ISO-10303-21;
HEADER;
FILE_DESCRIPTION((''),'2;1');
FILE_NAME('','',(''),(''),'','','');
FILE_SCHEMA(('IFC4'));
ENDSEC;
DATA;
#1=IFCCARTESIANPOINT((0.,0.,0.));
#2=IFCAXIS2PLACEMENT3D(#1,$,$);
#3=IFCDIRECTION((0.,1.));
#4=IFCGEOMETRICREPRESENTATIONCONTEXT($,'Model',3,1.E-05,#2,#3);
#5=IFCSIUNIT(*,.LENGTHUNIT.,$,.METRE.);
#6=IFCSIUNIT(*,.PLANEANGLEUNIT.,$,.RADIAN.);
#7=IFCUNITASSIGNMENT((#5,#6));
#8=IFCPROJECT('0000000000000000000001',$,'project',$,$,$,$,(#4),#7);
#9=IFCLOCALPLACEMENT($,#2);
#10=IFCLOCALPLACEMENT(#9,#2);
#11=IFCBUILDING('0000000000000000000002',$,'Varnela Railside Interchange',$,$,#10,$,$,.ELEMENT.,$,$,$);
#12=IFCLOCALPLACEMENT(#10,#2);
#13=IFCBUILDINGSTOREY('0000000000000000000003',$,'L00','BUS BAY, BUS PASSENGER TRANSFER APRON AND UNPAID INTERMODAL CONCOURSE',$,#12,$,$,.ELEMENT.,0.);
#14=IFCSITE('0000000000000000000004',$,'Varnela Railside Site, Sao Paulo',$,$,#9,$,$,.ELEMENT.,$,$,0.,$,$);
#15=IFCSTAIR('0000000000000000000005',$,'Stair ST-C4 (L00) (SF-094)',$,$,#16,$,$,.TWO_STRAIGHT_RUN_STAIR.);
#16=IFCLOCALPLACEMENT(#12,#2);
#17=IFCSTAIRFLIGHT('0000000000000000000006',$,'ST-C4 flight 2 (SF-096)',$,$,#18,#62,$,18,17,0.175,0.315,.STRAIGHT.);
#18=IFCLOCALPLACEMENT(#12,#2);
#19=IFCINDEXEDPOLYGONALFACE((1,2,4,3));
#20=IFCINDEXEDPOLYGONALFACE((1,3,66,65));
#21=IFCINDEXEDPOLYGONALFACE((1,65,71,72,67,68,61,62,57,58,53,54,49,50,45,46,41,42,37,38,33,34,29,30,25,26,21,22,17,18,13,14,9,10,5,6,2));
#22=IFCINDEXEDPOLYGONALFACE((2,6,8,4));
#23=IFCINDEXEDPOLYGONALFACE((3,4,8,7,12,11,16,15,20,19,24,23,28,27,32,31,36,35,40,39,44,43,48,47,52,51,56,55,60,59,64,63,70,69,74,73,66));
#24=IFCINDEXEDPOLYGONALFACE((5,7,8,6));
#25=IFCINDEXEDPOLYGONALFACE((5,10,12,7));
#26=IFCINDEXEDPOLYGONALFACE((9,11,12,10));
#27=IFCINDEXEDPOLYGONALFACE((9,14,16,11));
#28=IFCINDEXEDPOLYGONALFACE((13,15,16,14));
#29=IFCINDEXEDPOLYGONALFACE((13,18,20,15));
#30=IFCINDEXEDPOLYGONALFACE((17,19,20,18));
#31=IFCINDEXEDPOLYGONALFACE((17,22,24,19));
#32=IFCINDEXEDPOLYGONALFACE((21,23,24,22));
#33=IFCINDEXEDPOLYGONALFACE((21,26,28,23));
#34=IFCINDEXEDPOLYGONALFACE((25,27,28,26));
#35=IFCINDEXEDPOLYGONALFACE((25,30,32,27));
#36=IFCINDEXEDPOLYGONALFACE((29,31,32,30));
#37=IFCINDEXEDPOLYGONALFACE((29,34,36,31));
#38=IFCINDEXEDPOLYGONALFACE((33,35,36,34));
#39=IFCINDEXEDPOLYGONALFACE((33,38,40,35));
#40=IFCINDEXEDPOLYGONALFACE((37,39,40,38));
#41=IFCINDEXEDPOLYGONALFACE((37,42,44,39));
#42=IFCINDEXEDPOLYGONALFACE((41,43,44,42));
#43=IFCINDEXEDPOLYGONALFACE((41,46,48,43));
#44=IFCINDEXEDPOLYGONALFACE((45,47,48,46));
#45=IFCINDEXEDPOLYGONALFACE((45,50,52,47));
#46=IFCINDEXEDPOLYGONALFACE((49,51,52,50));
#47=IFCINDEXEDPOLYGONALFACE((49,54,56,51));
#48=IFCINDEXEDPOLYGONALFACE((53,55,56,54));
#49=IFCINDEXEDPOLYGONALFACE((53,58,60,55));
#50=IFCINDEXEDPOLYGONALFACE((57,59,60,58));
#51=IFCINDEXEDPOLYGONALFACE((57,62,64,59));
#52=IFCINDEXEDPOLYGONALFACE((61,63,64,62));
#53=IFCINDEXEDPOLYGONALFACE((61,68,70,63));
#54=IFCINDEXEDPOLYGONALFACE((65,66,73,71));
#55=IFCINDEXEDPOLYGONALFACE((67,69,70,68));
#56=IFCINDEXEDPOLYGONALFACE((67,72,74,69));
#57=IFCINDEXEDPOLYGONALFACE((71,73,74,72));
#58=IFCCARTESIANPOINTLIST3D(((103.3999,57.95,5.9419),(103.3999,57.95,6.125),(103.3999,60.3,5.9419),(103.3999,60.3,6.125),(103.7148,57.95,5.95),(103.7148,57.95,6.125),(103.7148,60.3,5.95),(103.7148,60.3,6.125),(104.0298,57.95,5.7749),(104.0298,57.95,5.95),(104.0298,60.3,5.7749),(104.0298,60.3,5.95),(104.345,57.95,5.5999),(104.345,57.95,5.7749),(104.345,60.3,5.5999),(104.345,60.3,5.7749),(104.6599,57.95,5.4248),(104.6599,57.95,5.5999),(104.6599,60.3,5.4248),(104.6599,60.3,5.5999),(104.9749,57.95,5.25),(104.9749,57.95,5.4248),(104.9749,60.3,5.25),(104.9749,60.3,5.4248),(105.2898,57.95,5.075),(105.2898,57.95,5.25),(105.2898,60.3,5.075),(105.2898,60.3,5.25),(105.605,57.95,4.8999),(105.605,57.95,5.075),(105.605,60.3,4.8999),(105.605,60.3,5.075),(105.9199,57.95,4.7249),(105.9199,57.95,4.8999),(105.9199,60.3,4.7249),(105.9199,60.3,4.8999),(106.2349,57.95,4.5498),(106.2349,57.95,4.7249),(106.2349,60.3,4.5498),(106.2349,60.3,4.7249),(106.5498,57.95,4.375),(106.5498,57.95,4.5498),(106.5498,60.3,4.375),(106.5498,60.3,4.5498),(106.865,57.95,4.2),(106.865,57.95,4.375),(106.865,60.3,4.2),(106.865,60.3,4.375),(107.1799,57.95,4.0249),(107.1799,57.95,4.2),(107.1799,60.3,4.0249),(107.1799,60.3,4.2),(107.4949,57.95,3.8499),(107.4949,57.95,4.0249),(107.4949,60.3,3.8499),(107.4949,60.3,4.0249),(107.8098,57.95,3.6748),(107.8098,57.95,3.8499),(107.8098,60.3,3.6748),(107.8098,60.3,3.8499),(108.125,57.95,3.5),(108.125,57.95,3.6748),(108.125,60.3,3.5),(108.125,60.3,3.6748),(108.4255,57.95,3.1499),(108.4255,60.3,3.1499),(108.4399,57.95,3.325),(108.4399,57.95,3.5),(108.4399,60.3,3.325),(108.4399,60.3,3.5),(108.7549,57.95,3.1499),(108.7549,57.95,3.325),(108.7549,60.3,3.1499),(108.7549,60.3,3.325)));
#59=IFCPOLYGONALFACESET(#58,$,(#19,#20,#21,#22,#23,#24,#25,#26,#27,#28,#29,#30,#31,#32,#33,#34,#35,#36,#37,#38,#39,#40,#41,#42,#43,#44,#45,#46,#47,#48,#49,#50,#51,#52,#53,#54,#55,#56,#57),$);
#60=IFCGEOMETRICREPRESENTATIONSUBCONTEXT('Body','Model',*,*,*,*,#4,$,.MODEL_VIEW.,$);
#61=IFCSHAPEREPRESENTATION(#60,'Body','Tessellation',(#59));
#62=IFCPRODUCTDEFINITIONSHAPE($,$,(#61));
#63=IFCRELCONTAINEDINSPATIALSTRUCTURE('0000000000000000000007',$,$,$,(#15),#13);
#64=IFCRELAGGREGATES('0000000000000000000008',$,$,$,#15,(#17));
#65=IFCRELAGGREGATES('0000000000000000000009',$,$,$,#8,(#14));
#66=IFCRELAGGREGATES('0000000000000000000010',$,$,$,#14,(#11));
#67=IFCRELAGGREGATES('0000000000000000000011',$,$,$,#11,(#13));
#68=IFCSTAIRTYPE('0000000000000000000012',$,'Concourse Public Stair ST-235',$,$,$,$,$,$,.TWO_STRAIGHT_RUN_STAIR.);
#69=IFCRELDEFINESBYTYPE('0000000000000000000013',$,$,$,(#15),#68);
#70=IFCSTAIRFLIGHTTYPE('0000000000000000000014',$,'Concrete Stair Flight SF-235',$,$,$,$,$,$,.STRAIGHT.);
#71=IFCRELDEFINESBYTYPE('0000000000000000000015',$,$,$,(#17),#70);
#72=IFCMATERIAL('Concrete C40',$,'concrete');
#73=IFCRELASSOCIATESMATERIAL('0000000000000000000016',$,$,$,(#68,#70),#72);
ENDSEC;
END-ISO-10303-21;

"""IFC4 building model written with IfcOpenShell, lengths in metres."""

from ifc_helpers import new_model, si_unit, direction, frame, origin, place, context, subcontext, project, spatial, polyline, outline, extrude, material, type_object, element, aggregate, save


model = new_model("IFC4")

# Units and contexts
model_context = context("Model", 3, precision=1e-05, world=origin(), true_north=direction((0.0, 1.0)))
body_context = subcontext(model_context, "Body", "Model", "MODEL_VIEW")
ifc_project = project(units=[si_unit("LENGTHUNIT", "METRE"), si_unit("PLANEANGLEUNIT", "RADIAN")], contexts=[model_context])

# Site, building, storey
site_placement = place(None, origin())
site = spatial("IfcSite", under=ifc_project, at=site_placement, Name="Varnela Railside Site, Sao Paulo", CompositionType="ELEMENT", RefElevation=0.0)
building_placement = place(site_placement, origin())
building = spatial("IfcBuilding", under=site, at=building_placement, Name="Varnela Railside Interchange", CompositionType="ELEMENT")
storey_placement = place(building_placement, origin())
storey = spatial("IfcBuildingStorey", under=building, at=storey_placement, Name="L00", Description="BUS BAY, BUS PASSENGER TRANSFER APRON AND UNPAID INTERMODAL CONCOURSE", CompositionType="ELEMENT", Elevation=0.0)

# Shared definitions
ifc_material_1 = material(Name="Concrete C40", Category="concrete")

# Stair, stair flight
stair_type = type_object("IfcStairType", Name="Concourse Public Stair ST-235", PredefinedType="TWO_STRAIGHT_RUN_STAIR", material=ifc_material_1)
stair_placement = place(storey_placement, origin())
stair = element("IfcStair", 1, at=stair_placement, inside=storey, type_object=stair_type, Name="Stair ST-C4 (L00) (SF-094)", PredefinedType="TWO_STRAIGHT_RUN_STAIR")
stair_flight_type = type_object("IfcStairFlightType", Name="Concrete Stair Flight SF-235", PredefinedType="STRAIGHT", material=ifc_material_1)
stair_flight_placement = place(storey_placement, frame((108.7549, 59.125, 3.1499), z_axis=(0.0, 0.0, 1.0), x_axis=(-1.0, 0.0, 0.0)))
stair_flight = element("IfcStairFlight", 2, at=stair_flight_placement, type_object=stair_flight_type, Name="ST-C4 flight 2 (SF-096)", NumberOfRisers=18, NumberOfTreads=17, PredefinedType="STRAIGHT", RiserHeight=0.175, TreadLength=0.315, context=body_context, shape_type="SweptSolid", body=[
    extrude(outline(polyline([(0.0, 0.0), (0.0, 0.175), (0.3149, 0.175), (0.3149, 0.3501), (0.6299, 0.3501), (0.6299, 0.5249), (0.9451, 0.5249), (0.9451, 0.7), (1.26, 0.7), (1.26, 0.875), (1.575, 0.875), (1.575, 1.05), (1.8899, 1.05), (1.8899, 1.2251), (2.2051, 1.2251), (2.2051, 1.3999), (2.52, 1.3999), (2.52, 1.575), (2.835, 1.575), (2.835, 1.75), (3.1499, 1.75), (3.1499, 1.925), (3.4651, 1.925), (3.4651, 2.1001), (3.78, 2.1001), (3.78, 2.2749), (4.095, 2.2749), (4.095, 2.45), (4.4099, 2.45), (4.4099, 2.625), (4.7251, 2.625), (4.7251, 2.8), (5.04, 2.8), (5.04, 2.9751), (5.355, 2.9751), (5.355, 3.1499), (5.355, 2.792), (0.3293, 0.0), (0.0, 0.0)])), frame((0.0, 1.175, 0.0), z_axis=(0.0, -1.0, 0.0), x_axis=(1.0, 0.0, 0.0)), (0.0, 0.0, 1.0), 2.3501),
])
aggregate(stair, [stair_flight])

save(model, "model.ifc")
